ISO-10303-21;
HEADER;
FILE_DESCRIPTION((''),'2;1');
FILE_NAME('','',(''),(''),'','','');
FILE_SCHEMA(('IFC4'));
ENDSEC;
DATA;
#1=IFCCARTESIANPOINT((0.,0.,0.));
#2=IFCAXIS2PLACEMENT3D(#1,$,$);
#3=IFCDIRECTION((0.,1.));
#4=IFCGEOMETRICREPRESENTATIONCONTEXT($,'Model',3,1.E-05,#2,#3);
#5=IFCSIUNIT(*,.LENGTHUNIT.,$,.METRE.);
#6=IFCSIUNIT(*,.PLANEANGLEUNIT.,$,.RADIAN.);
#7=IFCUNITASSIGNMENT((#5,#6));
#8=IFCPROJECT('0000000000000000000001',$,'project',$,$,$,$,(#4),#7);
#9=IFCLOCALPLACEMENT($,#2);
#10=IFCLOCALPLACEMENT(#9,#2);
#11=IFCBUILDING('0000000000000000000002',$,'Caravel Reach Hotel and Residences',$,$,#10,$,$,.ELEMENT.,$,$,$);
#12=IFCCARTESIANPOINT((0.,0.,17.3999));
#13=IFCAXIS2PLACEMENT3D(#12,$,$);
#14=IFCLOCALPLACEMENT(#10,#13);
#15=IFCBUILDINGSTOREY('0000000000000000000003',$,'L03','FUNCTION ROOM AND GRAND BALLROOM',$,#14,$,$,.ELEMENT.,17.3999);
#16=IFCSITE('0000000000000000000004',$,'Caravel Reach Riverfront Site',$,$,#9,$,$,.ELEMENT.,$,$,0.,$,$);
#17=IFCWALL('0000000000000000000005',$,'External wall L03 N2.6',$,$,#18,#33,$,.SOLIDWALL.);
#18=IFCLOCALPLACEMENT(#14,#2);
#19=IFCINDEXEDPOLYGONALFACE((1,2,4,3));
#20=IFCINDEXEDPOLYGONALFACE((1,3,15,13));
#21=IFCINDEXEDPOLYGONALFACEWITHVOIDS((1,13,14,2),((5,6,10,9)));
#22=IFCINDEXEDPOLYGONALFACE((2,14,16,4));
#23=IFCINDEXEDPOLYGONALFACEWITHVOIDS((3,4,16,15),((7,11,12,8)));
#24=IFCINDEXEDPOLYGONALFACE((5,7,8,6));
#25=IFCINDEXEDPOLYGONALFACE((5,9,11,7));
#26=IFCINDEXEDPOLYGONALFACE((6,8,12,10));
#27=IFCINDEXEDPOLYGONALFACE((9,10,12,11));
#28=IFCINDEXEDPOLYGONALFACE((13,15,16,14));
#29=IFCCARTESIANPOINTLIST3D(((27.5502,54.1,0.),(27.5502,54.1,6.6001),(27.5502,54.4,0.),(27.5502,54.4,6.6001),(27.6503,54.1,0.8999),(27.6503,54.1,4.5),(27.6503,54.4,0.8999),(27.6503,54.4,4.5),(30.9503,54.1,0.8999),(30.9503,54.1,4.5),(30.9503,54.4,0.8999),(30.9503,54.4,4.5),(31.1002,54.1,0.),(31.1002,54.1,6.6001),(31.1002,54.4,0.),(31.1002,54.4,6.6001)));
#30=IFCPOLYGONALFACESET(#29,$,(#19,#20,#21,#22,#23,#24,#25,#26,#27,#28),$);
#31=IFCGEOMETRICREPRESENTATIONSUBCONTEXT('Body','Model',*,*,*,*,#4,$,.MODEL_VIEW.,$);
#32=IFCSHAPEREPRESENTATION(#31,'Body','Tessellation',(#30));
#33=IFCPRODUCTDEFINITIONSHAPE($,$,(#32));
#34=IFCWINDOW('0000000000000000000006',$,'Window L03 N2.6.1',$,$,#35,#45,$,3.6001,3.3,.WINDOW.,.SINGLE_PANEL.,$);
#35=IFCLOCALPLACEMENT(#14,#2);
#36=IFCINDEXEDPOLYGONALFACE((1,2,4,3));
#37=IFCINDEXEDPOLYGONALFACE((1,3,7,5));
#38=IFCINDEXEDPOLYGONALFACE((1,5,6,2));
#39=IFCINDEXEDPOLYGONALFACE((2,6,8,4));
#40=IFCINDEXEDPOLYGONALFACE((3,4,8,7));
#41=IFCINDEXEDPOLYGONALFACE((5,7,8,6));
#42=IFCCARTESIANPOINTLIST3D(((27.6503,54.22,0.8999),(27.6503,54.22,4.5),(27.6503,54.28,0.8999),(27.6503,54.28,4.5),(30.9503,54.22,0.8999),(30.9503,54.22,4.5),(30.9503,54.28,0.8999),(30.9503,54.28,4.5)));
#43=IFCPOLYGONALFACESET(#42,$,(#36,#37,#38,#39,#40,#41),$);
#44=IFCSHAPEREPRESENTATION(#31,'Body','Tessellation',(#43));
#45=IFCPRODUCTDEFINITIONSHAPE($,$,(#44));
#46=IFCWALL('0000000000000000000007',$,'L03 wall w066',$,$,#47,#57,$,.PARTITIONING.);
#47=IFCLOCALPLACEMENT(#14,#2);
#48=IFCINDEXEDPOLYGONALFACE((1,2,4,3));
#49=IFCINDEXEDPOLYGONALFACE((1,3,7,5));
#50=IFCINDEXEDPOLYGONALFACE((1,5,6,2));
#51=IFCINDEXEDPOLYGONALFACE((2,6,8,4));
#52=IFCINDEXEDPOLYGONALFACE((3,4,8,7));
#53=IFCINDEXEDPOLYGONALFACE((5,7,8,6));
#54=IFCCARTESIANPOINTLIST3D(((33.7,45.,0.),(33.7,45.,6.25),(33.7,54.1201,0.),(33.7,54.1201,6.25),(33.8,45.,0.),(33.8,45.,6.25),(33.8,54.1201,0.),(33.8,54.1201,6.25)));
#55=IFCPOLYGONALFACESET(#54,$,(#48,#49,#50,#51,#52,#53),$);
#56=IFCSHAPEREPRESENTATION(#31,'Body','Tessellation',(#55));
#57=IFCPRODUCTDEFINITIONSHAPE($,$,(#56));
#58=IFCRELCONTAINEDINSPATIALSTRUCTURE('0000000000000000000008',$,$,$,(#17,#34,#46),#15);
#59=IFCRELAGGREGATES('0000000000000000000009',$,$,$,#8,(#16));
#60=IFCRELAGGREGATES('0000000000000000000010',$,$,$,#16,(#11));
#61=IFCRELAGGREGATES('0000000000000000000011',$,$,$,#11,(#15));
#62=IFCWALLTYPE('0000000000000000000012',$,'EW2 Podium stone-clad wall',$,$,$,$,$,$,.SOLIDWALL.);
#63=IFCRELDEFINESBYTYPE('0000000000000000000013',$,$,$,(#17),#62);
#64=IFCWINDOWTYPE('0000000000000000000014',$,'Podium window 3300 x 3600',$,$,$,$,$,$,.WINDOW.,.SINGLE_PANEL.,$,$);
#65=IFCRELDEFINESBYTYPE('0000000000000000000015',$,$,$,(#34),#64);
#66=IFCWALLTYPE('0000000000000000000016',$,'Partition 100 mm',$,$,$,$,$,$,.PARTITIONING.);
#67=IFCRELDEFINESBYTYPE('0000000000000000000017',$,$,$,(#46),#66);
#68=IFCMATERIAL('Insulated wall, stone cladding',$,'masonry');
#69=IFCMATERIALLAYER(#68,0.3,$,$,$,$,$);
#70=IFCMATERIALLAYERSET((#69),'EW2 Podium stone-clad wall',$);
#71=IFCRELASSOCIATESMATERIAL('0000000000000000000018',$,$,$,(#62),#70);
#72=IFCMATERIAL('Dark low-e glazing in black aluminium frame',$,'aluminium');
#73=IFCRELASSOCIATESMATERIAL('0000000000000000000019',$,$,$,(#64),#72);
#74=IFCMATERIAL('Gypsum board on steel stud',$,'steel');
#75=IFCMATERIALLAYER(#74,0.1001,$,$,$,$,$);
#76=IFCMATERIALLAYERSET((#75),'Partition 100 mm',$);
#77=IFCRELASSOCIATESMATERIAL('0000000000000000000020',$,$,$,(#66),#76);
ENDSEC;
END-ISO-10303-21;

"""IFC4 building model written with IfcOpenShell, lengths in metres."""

from ifc_helpers import new_model, si_unit, direction, frame, frame_2d, origin, place, context, subcontext, project, spatial, rectangle, extrude, material, layer, layer_set, type_object, element, fill, save


model = new_model("IFC4")

# Units and contexts
model_context = context("Model", 3, precision=1e-05, world=origin(), true_north=direction((0.0, 1.0)))
body_context = subcontext(model_context, "Body", "Model", "MODEL_VIEW")
ifc_project = project(units=[si_unit("LENGTHUNIT", "METRE"), si_unit("PLANEANGLEUNIT", "RADIAN")], contexts=[model_context])

# Site, building, storey
site_placement = place(None, origin())
site = spatial("IfcSite", under=ifc_project, at=site_placement, Name="Caravel Reach Riverfront Site", CompositionType="ELEMENT", RefElevation=0.0)
building_placement = place(site_placement, origin())
building = spatial("IfcBuilding", under=site, at=building_placement, Name="Caravel Reach Hotel and Residences", CompositionType="ELEMENT")
storey_placement = place(building_placement, frame((0.0, 0.0, 17.3999)))
storey = spatial("IfcBuildingStorey", under=building, at=storey_placement, Name="L03", Description="FUNCTION ROOM AND GRAND BALLROOM", CompositionType="ELEMENT", Elevation=17.3999)

# Wall, opening, window
ifc_material_1 = material(Name="Insulated wall, stone cladding", Category="masonry")
ifc_layer_1 = layer(ifc_material_1, 0.3)
ifc_layer_set_1 = layer_set([ifc_layer_1], Name="EW2 Podium stone-clad wall")
wall_type_1 = type_object("IfcWallType", Name="EW2 Podium stone-clad wall", PredefinedType="SOLIDWALL", material=ifc_layer_set_1)
ifc_material_2 = material(Name="Dark low-e glazing in black aluminium frame", Category="aluminium")
window_type = type_object("IfcWindowType", Name="Podium window 3300 x 3600", PartitioningType="SINGLE_PANEL", PredefinedType="WINDOW", material=ifc_material_2)
wall_1_placement = place(storey_placement, frame((31.1001, 54.25, 0.0), z_axis=(0.0, 0.0, 1.0), x_axis=(-1.0, 0.0, 0.0)))
wall_1 = element("IfcWall", 1, at=wall_1_placement, inside=storey, type_object=wall_type_1, Name="External wall L03 N2.6", PredefinedType="SOLIDWALL", context=body_context, shape_type="SweptSolid", body=[
    extrude(rectangle(XDim=3.55, YDim=0.3, at=frame_2d((1.7749, 0.0))), origin(), (0.0, 0.0, 1.0), 6.6001),
])
opening_1_placement = place(wall_1_placement, frame((0.1499, 0.0, 0.8999)))
opening_1 = element("IfcOpeningElement", 2, at=opening_1_placement, cuts=wall_1, PredefinedType="OPENING", context=body_context, shape_type="SweptSolid", body=[
    extrude(rectangle(XDim=3.3, YDim=3.6001, at=frame_2d((1.6499, 1.8))), frame((0.0, 0.1599, 0.0), z_axis=(0.0, -1.0, 0.0), x_axis=(1.0, 0.0, 0.0)), (0.0, 0.0, 1.0), 0.3201),
])
window_1_placement = place(opening_1_placement, origin())
window_1 = element("IfcWindow", 3, at=window_1_placement, inside=storey, type_object=window_type, Name="Window L03 N2.6.1", OverallHeight=3.6001, OverallWidth=3.3, PartitioningType="SINGLE_PANEL", PredefinedType="WINDOW", context=body_context, shape_type="SweptSolid", body=[
    extrude(rectangle(XDim=3.3, YDim=3.6001, at=frame_2d((1.6499, 1.8))), frame((0.0, 0.03, 0.0), z_axis=(0.0, -1.0, 0.0), x_axis=(1.0, 0.0, 0.0)), (0.0, 0.0, 1.0), 0.0601),
])
fill(opening_1, window_1)

# Wall
ifc_material_3 = material(Name="Gypsum board on steel stud", Category="steel")
ifc_layer_2 = layer(ifc_material_3, 0.1001)
ifc_layer_set_2 = layer_set([ifc_layer_2], Name="Partition 100 mm")
wall_type_2 = type_object("IfcWallType", Name="Partition 100 mm", PredefinedType="PARTITIONING", material=ifc_layer_set_2)
wall_2_placement = place(storey_placement, frame((33.75, 45.0, 0.0), z_axis=(0.0, 0.0, 1.0), x_axis=(0.0, 1.0, 0.0)))
element("IfcWall", 4, at=wall_2_placement, inside=storey, type_object=wall_type_2, Name="L03 wall w066", PredefinedType="PARTITIONING", context=body_context, shape_type="SweptSolid", body=[
    extrude(rectangle(XDim=9.1201, YDim=0.1001, at=frame_2d((4.5601, 0.0))), origin(), (0.0, 0.0, 1.0), 6.25),
])

save(model, "model.ifc")
